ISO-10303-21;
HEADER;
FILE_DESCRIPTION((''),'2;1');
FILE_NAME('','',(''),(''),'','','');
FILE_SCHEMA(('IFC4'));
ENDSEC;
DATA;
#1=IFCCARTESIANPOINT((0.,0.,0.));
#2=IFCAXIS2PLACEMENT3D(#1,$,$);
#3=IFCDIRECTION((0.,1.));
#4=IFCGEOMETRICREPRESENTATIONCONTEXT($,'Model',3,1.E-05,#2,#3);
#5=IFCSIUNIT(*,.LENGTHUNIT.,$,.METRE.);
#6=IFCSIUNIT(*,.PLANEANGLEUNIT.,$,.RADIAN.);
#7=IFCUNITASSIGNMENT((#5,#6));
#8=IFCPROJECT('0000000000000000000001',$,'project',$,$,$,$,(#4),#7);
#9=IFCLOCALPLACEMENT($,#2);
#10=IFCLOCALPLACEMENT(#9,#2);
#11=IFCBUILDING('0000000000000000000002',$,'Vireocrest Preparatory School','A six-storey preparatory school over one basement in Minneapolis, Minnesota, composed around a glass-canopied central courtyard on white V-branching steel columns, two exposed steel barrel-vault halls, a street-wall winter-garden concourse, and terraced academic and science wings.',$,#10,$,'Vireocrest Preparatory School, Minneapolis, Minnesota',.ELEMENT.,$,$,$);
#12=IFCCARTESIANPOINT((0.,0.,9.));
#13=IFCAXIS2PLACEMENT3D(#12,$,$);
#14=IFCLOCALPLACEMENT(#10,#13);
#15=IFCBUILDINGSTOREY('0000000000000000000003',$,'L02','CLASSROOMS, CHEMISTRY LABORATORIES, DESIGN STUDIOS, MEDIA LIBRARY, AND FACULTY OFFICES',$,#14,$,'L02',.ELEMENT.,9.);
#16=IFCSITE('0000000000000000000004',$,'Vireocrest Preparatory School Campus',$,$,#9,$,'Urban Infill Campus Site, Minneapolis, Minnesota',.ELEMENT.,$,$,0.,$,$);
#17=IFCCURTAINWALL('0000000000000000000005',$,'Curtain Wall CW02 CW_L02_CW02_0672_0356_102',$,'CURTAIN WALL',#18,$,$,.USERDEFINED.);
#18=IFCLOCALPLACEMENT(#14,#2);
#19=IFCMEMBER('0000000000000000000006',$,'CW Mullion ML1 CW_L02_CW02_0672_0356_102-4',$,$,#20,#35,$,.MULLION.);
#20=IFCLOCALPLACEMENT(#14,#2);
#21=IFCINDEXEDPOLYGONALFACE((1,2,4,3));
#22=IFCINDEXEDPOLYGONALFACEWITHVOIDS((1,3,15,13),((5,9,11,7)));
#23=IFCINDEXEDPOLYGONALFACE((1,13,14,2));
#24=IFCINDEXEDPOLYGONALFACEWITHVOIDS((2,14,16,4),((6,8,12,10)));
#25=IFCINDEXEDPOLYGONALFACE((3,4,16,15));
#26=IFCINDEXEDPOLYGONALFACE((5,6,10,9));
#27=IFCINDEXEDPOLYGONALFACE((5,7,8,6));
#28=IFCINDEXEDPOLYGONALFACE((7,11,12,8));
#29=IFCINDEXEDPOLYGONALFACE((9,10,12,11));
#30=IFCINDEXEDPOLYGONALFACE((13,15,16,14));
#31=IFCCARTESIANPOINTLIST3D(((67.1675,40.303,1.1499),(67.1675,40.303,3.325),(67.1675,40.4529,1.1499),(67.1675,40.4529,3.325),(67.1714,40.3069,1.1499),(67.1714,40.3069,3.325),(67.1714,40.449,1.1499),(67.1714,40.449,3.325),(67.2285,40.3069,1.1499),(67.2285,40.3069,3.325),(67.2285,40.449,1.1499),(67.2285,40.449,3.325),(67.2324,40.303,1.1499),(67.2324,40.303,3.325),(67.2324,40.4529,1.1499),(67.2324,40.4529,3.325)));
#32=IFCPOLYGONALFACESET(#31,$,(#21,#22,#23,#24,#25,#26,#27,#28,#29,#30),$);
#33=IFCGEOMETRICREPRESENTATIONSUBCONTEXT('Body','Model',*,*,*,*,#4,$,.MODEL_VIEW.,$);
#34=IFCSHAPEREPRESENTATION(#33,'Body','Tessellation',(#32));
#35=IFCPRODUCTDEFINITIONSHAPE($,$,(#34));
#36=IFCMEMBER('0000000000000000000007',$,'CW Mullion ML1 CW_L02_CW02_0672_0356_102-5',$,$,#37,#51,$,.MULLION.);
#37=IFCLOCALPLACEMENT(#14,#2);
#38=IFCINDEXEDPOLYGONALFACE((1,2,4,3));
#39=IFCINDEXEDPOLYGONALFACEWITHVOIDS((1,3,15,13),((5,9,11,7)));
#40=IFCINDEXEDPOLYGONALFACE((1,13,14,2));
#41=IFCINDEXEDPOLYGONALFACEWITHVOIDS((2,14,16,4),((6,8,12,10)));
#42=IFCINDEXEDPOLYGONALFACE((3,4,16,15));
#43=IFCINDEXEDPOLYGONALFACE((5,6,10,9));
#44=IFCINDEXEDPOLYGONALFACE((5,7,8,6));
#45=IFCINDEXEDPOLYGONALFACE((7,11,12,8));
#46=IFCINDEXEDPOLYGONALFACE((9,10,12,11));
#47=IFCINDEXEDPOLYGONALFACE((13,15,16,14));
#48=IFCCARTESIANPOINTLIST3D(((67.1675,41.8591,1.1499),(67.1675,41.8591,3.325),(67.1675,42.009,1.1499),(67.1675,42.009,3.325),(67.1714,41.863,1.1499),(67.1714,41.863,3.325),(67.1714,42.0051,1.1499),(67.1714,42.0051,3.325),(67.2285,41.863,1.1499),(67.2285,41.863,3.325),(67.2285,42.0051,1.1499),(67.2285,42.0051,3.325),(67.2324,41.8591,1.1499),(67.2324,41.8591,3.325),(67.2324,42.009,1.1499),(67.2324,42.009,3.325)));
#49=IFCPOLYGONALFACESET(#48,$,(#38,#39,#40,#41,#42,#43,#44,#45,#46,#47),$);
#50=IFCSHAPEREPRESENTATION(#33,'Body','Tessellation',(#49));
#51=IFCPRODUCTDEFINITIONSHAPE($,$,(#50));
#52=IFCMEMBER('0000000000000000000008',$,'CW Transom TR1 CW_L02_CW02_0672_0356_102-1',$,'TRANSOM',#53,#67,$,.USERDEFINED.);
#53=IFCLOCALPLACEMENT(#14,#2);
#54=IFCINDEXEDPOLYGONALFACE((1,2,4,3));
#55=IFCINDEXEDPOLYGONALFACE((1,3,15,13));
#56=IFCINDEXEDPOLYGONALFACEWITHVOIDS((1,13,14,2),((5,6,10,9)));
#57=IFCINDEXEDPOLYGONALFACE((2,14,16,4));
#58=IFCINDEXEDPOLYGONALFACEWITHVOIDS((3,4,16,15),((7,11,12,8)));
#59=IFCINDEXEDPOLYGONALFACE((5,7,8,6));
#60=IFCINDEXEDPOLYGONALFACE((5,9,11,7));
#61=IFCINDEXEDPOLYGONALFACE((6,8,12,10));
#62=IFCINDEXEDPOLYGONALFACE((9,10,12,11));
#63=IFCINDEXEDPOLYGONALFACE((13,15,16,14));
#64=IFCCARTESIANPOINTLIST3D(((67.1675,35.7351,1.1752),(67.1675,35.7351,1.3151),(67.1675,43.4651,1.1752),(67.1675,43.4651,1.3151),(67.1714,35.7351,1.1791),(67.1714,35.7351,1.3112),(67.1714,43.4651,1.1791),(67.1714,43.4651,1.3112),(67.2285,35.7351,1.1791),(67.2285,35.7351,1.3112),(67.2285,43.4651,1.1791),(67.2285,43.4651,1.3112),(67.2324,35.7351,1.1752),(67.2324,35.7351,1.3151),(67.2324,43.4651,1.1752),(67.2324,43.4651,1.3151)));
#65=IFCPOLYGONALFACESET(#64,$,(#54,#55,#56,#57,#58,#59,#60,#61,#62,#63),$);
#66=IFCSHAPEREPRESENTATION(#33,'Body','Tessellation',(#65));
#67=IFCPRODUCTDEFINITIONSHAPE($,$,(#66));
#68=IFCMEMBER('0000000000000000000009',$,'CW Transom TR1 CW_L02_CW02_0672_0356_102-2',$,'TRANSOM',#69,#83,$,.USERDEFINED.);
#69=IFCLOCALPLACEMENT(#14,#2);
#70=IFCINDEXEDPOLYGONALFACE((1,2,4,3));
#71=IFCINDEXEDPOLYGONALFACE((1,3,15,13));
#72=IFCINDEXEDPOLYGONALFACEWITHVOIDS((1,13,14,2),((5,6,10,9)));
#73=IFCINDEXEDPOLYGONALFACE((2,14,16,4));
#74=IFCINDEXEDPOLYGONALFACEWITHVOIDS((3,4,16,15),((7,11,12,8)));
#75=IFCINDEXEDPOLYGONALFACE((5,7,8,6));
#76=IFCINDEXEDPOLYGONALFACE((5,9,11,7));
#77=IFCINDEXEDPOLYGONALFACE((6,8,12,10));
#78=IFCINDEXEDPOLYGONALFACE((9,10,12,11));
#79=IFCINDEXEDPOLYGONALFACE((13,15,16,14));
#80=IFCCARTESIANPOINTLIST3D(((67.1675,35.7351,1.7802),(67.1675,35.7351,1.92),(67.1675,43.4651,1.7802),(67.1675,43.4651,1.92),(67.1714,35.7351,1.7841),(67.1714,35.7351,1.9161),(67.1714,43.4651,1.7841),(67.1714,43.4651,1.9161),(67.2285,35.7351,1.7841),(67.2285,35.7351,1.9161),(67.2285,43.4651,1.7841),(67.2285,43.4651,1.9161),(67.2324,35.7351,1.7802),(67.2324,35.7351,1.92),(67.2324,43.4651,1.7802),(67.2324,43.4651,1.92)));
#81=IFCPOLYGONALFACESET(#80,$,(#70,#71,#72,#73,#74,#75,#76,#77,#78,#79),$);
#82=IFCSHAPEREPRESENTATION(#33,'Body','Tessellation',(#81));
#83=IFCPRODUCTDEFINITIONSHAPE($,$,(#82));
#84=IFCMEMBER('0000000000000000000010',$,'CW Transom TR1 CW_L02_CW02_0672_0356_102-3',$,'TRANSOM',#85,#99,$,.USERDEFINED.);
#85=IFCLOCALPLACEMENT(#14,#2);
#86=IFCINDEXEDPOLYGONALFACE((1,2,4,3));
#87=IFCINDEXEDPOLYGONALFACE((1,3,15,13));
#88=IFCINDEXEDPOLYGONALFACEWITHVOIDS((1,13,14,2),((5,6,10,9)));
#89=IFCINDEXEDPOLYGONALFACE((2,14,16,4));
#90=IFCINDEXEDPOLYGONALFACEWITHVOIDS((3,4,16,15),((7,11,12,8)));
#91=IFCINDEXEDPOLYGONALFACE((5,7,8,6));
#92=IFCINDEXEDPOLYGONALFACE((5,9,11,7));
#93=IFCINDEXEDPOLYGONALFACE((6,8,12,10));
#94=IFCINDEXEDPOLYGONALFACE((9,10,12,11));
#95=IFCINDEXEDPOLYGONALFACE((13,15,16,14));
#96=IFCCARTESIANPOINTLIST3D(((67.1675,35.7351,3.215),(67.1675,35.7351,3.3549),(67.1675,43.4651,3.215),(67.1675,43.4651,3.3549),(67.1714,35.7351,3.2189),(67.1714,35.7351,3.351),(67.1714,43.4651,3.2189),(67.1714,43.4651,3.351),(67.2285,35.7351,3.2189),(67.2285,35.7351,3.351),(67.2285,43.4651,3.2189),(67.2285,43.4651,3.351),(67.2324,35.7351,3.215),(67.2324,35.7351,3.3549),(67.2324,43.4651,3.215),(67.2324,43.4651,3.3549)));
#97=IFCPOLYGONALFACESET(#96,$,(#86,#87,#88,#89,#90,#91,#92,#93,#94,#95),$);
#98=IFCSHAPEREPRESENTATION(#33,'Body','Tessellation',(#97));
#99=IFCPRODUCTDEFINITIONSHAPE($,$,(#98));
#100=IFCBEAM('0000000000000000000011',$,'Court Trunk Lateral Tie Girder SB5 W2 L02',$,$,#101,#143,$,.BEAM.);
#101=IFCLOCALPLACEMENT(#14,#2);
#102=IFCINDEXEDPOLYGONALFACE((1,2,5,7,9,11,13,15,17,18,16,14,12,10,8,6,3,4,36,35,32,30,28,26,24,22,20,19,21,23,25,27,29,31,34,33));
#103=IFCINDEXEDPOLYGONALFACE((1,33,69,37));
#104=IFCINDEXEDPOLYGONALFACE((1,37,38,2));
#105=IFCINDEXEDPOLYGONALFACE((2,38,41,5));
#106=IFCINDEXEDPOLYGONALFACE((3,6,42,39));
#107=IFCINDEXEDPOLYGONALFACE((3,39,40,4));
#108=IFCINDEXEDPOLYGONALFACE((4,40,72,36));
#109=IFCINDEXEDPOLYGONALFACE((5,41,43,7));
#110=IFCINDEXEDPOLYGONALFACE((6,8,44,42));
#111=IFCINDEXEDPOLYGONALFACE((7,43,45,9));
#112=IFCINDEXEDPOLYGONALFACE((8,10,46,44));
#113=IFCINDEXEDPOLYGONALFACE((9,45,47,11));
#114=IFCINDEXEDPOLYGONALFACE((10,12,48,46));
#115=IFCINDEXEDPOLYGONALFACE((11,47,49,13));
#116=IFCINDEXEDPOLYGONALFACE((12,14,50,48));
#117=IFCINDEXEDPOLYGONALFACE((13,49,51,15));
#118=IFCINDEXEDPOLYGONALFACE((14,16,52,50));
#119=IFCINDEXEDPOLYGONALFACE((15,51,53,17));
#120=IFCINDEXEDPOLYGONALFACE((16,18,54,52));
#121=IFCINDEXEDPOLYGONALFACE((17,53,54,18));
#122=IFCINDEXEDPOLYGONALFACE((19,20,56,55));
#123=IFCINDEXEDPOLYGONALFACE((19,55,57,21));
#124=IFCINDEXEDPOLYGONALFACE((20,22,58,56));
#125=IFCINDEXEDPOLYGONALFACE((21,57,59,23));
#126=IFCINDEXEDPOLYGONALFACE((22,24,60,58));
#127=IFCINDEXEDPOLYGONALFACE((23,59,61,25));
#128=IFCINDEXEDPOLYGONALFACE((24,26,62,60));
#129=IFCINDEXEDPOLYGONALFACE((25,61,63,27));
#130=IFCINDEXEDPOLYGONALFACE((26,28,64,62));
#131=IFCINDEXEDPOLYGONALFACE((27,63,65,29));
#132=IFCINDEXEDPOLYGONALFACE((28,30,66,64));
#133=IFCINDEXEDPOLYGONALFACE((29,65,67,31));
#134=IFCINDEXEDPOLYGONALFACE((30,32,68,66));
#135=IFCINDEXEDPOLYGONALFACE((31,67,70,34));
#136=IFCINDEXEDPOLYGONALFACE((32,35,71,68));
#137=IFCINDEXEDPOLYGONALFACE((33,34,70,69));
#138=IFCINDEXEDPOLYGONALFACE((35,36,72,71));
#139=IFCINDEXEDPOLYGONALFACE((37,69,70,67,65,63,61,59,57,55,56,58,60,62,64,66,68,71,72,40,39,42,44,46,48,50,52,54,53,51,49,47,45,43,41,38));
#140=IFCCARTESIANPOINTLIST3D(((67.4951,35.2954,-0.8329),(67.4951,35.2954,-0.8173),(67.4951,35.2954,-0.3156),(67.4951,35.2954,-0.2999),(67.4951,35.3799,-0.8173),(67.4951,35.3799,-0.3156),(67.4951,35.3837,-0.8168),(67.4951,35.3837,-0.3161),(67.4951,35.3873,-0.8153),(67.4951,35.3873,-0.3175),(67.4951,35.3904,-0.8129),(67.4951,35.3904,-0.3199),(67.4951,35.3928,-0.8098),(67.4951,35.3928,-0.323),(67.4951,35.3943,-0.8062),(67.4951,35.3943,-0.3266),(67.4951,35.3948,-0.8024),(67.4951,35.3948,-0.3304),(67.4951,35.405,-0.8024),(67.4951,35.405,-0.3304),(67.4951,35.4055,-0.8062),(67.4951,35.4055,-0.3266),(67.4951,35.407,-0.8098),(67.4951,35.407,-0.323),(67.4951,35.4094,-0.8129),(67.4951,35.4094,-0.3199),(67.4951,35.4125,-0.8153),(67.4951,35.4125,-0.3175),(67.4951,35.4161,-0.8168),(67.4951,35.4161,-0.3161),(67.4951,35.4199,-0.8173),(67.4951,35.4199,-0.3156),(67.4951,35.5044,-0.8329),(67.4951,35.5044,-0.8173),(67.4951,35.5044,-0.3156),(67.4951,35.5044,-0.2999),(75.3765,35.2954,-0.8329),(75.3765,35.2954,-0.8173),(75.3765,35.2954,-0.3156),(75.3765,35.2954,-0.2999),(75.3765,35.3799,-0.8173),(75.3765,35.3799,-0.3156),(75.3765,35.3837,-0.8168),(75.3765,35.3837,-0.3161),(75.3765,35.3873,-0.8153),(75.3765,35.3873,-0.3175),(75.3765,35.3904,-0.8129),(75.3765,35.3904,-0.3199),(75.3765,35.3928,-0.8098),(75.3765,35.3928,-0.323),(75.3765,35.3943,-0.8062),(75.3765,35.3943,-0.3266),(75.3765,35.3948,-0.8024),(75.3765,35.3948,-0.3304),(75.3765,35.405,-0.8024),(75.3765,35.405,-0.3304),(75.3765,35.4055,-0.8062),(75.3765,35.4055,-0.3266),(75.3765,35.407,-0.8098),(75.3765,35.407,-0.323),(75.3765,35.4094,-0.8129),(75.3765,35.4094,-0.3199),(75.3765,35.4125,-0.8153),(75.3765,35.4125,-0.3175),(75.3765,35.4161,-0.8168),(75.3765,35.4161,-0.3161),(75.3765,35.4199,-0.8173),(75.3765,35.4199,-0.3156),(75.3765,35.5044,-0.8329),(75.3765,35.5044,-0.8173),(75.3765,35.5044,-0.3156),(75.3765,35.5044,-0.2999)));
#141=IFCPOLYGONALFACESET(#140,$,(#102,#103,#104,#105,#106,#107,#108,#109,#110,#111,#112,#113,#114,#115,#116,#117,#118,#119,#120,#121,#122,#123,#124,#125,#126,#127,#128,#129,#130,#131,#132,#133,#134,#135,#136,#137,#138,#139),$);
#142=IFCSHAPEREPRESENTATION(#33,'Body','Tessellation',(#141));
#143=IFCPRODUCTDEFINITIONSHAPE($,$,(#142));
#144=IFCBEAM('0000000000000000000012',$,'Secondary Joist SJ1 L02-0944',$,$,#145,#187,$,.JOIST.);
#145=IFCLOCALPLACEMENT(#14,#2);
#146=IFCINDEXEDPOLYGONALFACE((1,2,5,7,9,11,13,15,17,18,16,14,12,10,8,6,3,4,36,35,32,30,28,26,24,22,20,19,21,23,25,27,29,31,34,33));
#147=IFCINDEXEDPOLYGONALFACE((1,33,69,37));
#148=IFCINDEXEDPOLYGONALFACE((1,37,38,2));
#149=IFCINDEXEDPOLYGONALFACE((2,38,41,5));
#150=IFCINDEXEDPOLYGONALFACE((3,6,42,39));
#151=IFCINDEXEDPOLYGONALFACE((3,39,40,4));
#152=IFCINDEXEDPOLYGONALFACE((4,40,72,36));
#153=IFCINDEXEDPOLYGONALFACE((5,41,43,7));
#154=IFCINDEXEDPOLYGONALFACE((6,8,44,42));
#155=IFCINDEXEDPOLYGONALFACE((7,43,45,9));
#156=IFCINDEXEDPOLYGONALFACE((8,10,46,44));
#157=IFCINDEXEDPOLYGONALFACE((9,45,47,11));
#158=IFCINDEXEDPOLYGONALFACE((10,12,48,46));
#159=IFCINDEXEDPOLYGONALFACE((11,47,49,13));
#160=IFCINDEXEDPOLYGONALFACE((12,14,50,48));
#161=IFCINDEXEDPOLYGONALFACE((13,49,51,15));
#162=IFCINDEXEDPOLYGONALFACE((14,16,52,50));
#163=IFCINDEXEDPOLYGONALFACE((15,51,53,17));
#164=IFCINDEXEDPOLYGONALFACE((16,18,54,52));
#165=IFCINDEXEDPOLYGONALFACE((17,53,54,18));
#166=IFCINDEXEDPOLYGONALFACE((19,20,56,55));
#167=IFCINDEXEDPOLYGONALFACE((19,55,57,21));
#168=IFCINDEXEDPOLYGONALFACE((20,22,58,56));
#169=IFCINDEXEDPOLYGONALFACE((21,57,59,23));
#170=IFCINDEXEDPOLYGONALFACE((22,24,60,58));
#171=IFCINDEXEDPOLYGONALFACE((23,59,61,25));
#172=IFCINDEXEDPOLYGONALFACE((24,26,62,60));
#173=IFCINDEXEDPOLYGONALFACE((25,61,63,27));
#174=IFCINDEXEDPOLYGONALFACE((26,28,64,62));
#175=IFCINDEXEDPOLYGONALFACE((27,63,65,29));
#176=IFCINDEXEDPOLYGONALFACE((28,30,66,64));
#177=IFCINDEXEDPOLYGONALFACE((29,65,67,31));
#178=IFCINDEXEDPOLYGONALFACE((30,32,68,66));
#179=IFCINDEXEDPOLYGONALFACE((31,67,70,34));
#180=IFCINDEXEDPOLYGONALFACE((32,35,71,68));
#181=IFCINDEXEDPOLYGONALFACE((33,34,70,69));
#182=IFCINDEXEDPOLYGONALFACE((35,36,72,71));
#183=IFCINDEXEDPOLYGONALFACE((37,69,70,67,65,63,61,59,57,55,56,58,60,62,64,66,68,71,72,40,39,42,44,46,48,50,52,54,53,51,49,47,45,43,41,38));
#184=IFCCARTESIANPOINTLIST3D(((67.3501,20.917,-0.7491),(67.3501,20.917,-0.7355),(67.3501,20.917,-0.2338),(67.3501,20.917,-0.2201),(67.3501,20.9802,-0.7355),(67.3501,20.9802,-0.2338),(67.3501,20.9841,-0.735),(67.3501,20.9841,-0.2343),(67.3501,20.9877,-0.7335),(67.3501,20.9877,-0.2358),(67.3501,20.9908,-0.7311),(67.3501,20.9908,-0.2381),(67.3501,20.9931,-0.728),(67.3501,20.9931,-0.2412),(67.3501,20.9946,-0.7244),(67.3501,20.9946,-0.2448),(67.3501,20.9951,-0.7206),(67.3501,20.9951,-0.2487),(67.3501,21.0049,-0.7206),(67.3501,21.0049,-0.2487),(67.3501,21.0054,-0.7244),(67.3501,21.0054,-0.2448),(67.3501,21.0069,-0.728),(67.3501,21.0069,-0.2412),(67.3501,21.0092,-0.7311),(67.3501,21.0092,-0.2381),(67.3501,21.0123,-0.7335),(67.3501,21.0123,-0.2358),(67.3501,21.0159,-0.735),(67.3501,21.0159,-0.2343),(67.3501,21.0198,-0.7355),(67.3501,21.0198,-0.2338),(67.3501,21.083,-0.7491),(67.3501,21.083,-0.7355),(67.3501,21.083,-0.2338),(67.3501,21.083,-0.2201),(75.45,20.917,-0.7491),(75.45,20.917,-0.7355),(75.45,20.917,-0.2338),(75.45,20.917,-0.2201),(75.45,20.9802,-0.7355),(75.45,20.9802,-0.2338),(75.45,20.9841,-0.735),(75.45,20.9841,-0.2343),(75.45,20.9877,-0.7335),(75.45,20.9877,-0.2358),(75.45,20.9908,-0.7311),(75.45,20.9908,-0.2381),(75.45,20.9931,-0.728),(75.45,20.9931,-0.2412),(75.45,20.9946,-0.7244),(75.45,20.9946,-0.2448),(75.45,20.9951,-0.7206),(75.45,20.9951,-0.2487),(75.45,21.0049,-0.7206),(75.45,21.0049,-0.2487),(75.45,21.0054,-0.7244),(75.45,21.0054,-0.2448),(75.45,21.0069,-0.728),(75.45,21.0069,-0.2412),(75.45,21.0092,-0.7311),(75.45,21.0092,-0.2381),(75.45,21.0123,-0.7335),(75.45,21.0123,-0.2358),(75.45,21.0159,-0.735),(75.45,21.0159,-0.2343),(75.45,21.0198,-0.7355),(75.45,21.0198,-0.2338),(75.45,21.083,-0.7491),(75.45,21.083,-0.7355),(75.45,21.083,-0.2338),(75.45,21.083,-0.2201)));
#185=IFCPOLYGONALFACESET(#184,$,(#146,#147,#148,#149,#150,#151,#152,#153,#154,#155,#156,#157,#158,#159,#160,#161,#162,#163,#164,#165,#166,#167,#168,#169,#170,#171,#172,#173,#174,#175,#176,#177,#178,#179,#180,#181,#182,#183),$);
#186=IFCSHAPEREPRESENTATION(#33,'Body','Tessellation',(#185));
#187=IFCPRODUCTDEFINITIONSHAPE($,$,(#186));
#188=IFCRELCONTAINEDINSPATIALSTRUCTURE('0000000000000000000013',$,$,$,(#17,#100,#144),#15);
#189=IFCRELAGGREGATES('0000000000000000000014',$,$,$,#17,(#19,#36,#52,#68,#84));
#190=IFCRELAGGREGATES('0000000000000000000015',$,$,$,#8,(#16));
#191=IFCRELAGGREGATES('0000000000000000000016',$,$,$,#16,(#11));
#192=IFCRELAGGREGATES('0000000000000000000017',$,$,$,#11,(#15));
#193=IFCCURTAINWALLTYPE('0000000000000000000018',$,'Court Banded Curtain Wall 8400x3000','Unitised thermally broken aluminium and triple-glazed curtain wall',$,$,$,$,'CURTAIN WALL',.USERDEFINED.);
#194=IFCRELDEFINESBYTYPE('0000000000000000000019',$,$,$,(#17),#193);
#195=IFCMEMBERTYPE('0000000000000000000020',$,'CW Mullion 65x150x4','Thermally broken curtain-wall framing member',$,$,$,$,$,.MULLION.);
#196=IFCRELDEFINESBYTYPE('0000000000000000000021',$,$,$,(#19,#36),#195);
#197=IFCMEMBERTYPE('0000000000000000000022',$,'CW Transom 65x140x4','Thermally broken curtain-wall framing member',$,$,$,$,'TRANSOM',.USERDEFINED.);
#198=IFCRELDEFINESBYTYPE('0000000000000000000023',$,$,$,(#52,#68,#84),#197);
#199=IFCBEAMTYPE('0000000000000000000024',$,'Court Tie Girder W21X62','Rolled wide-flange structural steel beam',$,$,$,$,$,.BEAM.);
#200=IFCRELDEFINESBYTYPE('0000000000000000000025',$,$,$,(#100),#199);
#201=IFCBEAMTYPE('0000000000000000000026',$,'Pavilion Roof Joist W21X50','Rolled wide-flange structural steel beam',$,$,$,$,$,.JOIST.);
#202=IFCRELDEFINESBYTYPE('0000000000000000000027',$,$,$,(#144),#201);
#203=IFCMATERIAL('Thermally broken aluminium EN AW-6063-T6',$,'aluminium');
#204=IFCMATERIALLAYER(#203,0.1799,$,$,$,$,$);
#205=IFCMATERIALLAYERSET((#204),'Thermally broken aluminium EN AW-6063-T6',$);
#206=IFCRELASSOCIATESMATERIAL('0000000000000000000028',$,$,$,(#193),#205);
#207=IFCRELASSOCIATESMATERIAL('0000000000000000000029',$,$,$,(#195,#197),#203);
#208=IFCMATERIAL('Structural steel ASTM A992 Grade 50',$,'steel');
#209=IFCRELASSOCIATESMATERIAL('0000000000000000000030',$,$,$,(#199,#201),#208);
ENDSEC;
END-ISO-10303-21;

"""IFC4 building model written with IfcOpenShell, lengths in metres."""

from ifc_helpers import new_model, si_unit, direction, frame, origin, origin_2d, place, context, subcontext, project, spatial, hollow_rectangle, i_section, extrude, material, layer, layer_set, material_profile, profile_set, type_object, element, aggregate, save


model = new_model("IFC4")

# Units and contexts
model_context = context("Model", 3, precision=1e-05, world=origin(), true_north=direction((0.0, 1.0)))
body_context = subcontext(model_context, "Body", "Model", "MODEL_VIEW")
ifc_project = project(units=[si_unit("LENGTHUNIT", "METRE"), si_unit("PLANEANGLEUNIT", "RADIAN")], contexts=[model_context])

# Site, building, storey
site_placement = place(None, origin())
site = spatial("IfcSite", under=ifc_project, at=site_placement, Name="Vireocrest Preparatory School Campus", LongName="Urban Infill Campus Site, Minneapolis, Minnesota", CompositionType="ELEMENT", RefElevation=0.0)
building_placement = place(site_placement, origin())
building = spatial("IfcBuilding", under=site, at=building_placement, Name="Vireocrest Preparatory School", Description="A six-storey preparatory school over one basement in Minneapolis, Minnesota, composed around a glass-canopied central courtyard on white V-branching steel columns, two exposed steel barrel-vault halls, a street-wall winter-garden concourse, and terraced academic and science wings.", LongName="Vireocrest Preparatory School, Minneapolis, Minnesota", CompositionType="ELEMENT")
storey_placement = place(building_placement, frame((0.0, 0.0, 9.0)))
storey = spatial("IfcBuildingStorey", under=building, at=storey_placement, Name="L02", Description="CLASSROOMS, CHEMISTRY LABORATORIES, DESIGN STUDIOS, MEDIA LIBRARY, AND FACULTY OFFICES", LongName="L02", CompositionType="ELEMENT", Elevation=9.0)

# Shared definitions
ifc_material_1 = material(Name="Structural steel ASTM A992 Grade 50", Category="steel")

# Curtain wall, members
ifc_material_2 = material(Name="Thermally broken aluminium EN AW-6063-T6", Category="aluminium")
ifc_layer_1 = layer(ifc_material_2, 0.1799)
ifc_layer_set_1 = layer_set([ifc_layer_1], Name="Thermally broken aluminium EN AW-6063-T6")
curtain_wall_type = type_object("IfcCurtainWallType", Name="Court Banded Curtain Wall 8400x3000", Description="Unitised thermally broken aluminium and triple-glazed curtain wall", ElementType="CURTAIN WALL", PredefinedType="USERDEFINED", material=ifc_layer_set_1)
curtain_wall_placement = place(storey_placement, origin())
curtain_wall = element("IfcCurtainWall", 1, at=curtain_wall_placement, inside=storey, type_object=curtain_wall_type, Name="Curtain Wall CW02 CW_L02_CW02_0672_0356_102", ObjectType="CURTAIN WALL", PredefinedType="USERDEFINED")
ifc_material_profile_1 = material_profile(ifc_material_2, hollow_rectangle(XDim=0.0649, YDim=0.1499, WallThickness=0.0039, at=origin_2d()), Name="ALU 65x150x4")
ifc_profile_set_1 = profile_set([ifc_material_profile_1], Name="Thermally broken aluminium EN AW-6063-T6")
member_type_1 = type_object("IfcMemberType", Name="CW Mullion 65x150x4", Description="Thermally broken curtain-wall framing member", PredefinedType="MULLION", material=ifc_profile_set_1)
member_1_placement = place(storey_placement, frame((67.2, 40.3779, 1.1499), z_axis=(0.0, 0.0, 1.0), x_axis=(1.0, 0.0, 0.0)))
member_1 = element("IfcMember", 2, at=member_1_placement, type_object=member_type_1, Name="CW Mullion ML1 CW_L02_CW02_0672_0356_102-4", PredefinedType="MULLION", context=body_context, shape_type="SweptSolid", body=[
    extrude(hollow_rectangle(XDim=0.0649, YDim=0.1499, WallThickness=0.0039, at=origin_2d()), origin(), (0.0, 0.0, 1.0), 2.175),
])
member_2_placement = place(storey_placement, frame((67.2, 41.9341, 1.1499), z_axis=(0.0, 0.0, 1.0), x_axis=(1.0, 0.0, 0.0)))
member_2 = element("IfcMember", 3, at=member_2_placement, type_object=member_type_1, Name="CW Mullion ML1 CW_L02_CW02_0672_0356_102-5", PredefinedType="MULLION", context=body_context, shape_type="SweptSolid", body=[
    extrude(hollow_rectangle(XDim=0.0649, YDim=0.1499, WallThickness=0.0039, at=origin_2d()), origin(), (0.0, 0.0, 1.0), 2.175),
])
ifc_material_profile_2 = material_profile(ifc_material_2, hollow_rectangle(XDim=0.0649, YDim=0.1399, WallThickness=0.0039, at=origin_2d()), Name="ALU 65x140x4")
ifc_profile_set_2 = profile_set([ifc_material_profile_2], Name="Thermally broken aluminium EN AW-6063-T6")
member_type_2 = type_object("IfcMemberType", Name="CW Transom 65x140x4", Description="Thermally broken curtain-wall framing member", ElementType="TRANSOM", PredefinedType="USERDEFINED", material=ifc_profile_set_2)
member_3_placement = place(storey_placement, frame((67.2, 35.7351, 1.2451), z_axis=(0.0, 1.0, 0.0), x_axis=(-1.0, 0.0, 0.0)))
member_3 = element("IfcMember", 4, at=member_3_placement, type_object=member_type_2, Name="CW Transom TR1 CW_L02_CW02_0672_0356_102-1", ObjectType="TRANSOM", PredefinedType="USERDEFINED", context=body_context, shape_type="SweptSolid", body=[
    extrude(hollow_rectangle(XDim=0.0649, YDim=0.1399, WallThickness=0.0039, at=origin_2d()), origin(), (0.0, 0.0, 1.0), 7.73),
])
member_4_placement = place(storey_placement, frame((67.2, 35.7351, 1.8501), z_axis=(0.0, 1.0, 0.0), x_axis=(-1.0, 0.0, 0.0)))
member_4 = element("IfcMember", 5, at=member_4_placement, type_object=member_type_2, Name="CW Transom TR1 CW_L02_CW02_0672_0356_102-2", ObjectType="TRANSOM", PredefinedType="USERDEFINED", context=body_context, shape_type="SweptSolid", body=[
    extrude(hollow_rectangle(XDim=0.0649, YDim=0.1399, WallThickness=0.0039, at=origin_2d()), origin(), (0.0, 0.0, 1.0), 7.73),
])
member_5_placement = place(storey_placement, frame((67.2, 35.7351, 3.2849), z_axis=(0.0, 1.0, 0.0), x_axis=(-1.0, 0.0, 0.0)))
member_5 = element("IfcMember", 6, at=member_5_placement, type_object=member_type_2, Name="CW Transom TR1 CW_L02_CW02_0672_0356_102-3", ObjectType="TRANSOM", PredefinedType="USERDEFINED", context=body_context, shape_type="SweptSolid", body=[
    extrude(hollow_rectangle(XDim=0.0649, YDim=0.1399, WallThickness=0.0039, at=origin_2d()), origin(), (0.0, 0.0, 1.0), 7.73),
])

# Beams
ifc_material_profile_3 = material_profile(ifc_material_1, i_section(OverallWidth=0.209, OverallDepth=0.533, WebThickness=0.0103, FlangeThickness=0.0156, FilletRadius=0.0149, at=origin_2d()), Name="W21X62")
ifc_profile_set_3 = profile_set([ifc_material_profile_3], Name="Structural steel ASTM A992 Grade 50")
beam_type_1 = type_object("IfcBeamType", Name="Court Tie Girder W21X62", Description="Rolled wide-flange structural steel beam", PredefinedType="BEAM", material=ifc_profile_set_3)
beam_1_placement = place(storey_placement, frame((67.4951, 35.3999, -0.5664), z_axis=(1.0, 0.0, 0.0), x_axis=(0.0, 1.0, 0.0)))
element("IfcBeam", 7, at=beam_1_placement, inside=storey, type_object=beam_type_1, Name="Court Trunk Lateral Tie Girder SB5 W2 L02", PredefinedType="BEAM", context=body_context, shape_type="SweptSolid", body=[
    extrude(i_section(OverallWidth=0.209, OverallDepth=0.533, WebThickness=0.0103, FlangeThickness=0.0156, FilletRadius=0.0149, at=origin_2d()), origin(), (0.0, 0.0, 1.0), 7.8813),
])
ifc_material_profile_4 = material_profile(ifc_material_1, i_section(OverallWidth=0.166, OverallDepth=0.5291, WebThickness=0.0098, FlangeThickness=0.0137, FilletRadius=0.0149, at=origin_2d()), Name="W21X50")
ifc_profile_set_4 = profile_set([ifc_material_profile_4], Name="Structural steel ASTM A992 Grade 50")
beam_type_2 = type_object("IfcBeamType", Name="Pavilion Roof Joist W21X50", Description="Rolled wide-flange structural steel beam", PredefinedType="JOIST", material=ifc_profile_set_4)
for number, where, z_axis, x_axis, name in (
    (8, (67.3501, 21.0, -0.4846), (1.0, 0.0, 0.0), (0.0, 1.0, 0.0), "Secondary Joist SJ1 L02-0944"),
):
    element("IfcBeam", number, at=place(storey_placement, frame(where, z_axis=z_axis, x_axis=x_axis)), inside=storey, type_object=beam_type_2, Name=name, PredefinedType="JOIST", context=body_context, shape_type="SweptSolid", body=[
        extrude(i_section(OverallWidth=0.166, OverallDepth=0.5291, WebThickness=0.0098, FlangeThickness=0.0137, FilletRadius=0.0149, at=origin_2d()), origin(), (0.0, 0.0, 1.0), 8.0999),
    ])

aggregate(curtain_wall, [member_1, member_2, member_3, member_4, member_5])

save(model, "model.ifc")
